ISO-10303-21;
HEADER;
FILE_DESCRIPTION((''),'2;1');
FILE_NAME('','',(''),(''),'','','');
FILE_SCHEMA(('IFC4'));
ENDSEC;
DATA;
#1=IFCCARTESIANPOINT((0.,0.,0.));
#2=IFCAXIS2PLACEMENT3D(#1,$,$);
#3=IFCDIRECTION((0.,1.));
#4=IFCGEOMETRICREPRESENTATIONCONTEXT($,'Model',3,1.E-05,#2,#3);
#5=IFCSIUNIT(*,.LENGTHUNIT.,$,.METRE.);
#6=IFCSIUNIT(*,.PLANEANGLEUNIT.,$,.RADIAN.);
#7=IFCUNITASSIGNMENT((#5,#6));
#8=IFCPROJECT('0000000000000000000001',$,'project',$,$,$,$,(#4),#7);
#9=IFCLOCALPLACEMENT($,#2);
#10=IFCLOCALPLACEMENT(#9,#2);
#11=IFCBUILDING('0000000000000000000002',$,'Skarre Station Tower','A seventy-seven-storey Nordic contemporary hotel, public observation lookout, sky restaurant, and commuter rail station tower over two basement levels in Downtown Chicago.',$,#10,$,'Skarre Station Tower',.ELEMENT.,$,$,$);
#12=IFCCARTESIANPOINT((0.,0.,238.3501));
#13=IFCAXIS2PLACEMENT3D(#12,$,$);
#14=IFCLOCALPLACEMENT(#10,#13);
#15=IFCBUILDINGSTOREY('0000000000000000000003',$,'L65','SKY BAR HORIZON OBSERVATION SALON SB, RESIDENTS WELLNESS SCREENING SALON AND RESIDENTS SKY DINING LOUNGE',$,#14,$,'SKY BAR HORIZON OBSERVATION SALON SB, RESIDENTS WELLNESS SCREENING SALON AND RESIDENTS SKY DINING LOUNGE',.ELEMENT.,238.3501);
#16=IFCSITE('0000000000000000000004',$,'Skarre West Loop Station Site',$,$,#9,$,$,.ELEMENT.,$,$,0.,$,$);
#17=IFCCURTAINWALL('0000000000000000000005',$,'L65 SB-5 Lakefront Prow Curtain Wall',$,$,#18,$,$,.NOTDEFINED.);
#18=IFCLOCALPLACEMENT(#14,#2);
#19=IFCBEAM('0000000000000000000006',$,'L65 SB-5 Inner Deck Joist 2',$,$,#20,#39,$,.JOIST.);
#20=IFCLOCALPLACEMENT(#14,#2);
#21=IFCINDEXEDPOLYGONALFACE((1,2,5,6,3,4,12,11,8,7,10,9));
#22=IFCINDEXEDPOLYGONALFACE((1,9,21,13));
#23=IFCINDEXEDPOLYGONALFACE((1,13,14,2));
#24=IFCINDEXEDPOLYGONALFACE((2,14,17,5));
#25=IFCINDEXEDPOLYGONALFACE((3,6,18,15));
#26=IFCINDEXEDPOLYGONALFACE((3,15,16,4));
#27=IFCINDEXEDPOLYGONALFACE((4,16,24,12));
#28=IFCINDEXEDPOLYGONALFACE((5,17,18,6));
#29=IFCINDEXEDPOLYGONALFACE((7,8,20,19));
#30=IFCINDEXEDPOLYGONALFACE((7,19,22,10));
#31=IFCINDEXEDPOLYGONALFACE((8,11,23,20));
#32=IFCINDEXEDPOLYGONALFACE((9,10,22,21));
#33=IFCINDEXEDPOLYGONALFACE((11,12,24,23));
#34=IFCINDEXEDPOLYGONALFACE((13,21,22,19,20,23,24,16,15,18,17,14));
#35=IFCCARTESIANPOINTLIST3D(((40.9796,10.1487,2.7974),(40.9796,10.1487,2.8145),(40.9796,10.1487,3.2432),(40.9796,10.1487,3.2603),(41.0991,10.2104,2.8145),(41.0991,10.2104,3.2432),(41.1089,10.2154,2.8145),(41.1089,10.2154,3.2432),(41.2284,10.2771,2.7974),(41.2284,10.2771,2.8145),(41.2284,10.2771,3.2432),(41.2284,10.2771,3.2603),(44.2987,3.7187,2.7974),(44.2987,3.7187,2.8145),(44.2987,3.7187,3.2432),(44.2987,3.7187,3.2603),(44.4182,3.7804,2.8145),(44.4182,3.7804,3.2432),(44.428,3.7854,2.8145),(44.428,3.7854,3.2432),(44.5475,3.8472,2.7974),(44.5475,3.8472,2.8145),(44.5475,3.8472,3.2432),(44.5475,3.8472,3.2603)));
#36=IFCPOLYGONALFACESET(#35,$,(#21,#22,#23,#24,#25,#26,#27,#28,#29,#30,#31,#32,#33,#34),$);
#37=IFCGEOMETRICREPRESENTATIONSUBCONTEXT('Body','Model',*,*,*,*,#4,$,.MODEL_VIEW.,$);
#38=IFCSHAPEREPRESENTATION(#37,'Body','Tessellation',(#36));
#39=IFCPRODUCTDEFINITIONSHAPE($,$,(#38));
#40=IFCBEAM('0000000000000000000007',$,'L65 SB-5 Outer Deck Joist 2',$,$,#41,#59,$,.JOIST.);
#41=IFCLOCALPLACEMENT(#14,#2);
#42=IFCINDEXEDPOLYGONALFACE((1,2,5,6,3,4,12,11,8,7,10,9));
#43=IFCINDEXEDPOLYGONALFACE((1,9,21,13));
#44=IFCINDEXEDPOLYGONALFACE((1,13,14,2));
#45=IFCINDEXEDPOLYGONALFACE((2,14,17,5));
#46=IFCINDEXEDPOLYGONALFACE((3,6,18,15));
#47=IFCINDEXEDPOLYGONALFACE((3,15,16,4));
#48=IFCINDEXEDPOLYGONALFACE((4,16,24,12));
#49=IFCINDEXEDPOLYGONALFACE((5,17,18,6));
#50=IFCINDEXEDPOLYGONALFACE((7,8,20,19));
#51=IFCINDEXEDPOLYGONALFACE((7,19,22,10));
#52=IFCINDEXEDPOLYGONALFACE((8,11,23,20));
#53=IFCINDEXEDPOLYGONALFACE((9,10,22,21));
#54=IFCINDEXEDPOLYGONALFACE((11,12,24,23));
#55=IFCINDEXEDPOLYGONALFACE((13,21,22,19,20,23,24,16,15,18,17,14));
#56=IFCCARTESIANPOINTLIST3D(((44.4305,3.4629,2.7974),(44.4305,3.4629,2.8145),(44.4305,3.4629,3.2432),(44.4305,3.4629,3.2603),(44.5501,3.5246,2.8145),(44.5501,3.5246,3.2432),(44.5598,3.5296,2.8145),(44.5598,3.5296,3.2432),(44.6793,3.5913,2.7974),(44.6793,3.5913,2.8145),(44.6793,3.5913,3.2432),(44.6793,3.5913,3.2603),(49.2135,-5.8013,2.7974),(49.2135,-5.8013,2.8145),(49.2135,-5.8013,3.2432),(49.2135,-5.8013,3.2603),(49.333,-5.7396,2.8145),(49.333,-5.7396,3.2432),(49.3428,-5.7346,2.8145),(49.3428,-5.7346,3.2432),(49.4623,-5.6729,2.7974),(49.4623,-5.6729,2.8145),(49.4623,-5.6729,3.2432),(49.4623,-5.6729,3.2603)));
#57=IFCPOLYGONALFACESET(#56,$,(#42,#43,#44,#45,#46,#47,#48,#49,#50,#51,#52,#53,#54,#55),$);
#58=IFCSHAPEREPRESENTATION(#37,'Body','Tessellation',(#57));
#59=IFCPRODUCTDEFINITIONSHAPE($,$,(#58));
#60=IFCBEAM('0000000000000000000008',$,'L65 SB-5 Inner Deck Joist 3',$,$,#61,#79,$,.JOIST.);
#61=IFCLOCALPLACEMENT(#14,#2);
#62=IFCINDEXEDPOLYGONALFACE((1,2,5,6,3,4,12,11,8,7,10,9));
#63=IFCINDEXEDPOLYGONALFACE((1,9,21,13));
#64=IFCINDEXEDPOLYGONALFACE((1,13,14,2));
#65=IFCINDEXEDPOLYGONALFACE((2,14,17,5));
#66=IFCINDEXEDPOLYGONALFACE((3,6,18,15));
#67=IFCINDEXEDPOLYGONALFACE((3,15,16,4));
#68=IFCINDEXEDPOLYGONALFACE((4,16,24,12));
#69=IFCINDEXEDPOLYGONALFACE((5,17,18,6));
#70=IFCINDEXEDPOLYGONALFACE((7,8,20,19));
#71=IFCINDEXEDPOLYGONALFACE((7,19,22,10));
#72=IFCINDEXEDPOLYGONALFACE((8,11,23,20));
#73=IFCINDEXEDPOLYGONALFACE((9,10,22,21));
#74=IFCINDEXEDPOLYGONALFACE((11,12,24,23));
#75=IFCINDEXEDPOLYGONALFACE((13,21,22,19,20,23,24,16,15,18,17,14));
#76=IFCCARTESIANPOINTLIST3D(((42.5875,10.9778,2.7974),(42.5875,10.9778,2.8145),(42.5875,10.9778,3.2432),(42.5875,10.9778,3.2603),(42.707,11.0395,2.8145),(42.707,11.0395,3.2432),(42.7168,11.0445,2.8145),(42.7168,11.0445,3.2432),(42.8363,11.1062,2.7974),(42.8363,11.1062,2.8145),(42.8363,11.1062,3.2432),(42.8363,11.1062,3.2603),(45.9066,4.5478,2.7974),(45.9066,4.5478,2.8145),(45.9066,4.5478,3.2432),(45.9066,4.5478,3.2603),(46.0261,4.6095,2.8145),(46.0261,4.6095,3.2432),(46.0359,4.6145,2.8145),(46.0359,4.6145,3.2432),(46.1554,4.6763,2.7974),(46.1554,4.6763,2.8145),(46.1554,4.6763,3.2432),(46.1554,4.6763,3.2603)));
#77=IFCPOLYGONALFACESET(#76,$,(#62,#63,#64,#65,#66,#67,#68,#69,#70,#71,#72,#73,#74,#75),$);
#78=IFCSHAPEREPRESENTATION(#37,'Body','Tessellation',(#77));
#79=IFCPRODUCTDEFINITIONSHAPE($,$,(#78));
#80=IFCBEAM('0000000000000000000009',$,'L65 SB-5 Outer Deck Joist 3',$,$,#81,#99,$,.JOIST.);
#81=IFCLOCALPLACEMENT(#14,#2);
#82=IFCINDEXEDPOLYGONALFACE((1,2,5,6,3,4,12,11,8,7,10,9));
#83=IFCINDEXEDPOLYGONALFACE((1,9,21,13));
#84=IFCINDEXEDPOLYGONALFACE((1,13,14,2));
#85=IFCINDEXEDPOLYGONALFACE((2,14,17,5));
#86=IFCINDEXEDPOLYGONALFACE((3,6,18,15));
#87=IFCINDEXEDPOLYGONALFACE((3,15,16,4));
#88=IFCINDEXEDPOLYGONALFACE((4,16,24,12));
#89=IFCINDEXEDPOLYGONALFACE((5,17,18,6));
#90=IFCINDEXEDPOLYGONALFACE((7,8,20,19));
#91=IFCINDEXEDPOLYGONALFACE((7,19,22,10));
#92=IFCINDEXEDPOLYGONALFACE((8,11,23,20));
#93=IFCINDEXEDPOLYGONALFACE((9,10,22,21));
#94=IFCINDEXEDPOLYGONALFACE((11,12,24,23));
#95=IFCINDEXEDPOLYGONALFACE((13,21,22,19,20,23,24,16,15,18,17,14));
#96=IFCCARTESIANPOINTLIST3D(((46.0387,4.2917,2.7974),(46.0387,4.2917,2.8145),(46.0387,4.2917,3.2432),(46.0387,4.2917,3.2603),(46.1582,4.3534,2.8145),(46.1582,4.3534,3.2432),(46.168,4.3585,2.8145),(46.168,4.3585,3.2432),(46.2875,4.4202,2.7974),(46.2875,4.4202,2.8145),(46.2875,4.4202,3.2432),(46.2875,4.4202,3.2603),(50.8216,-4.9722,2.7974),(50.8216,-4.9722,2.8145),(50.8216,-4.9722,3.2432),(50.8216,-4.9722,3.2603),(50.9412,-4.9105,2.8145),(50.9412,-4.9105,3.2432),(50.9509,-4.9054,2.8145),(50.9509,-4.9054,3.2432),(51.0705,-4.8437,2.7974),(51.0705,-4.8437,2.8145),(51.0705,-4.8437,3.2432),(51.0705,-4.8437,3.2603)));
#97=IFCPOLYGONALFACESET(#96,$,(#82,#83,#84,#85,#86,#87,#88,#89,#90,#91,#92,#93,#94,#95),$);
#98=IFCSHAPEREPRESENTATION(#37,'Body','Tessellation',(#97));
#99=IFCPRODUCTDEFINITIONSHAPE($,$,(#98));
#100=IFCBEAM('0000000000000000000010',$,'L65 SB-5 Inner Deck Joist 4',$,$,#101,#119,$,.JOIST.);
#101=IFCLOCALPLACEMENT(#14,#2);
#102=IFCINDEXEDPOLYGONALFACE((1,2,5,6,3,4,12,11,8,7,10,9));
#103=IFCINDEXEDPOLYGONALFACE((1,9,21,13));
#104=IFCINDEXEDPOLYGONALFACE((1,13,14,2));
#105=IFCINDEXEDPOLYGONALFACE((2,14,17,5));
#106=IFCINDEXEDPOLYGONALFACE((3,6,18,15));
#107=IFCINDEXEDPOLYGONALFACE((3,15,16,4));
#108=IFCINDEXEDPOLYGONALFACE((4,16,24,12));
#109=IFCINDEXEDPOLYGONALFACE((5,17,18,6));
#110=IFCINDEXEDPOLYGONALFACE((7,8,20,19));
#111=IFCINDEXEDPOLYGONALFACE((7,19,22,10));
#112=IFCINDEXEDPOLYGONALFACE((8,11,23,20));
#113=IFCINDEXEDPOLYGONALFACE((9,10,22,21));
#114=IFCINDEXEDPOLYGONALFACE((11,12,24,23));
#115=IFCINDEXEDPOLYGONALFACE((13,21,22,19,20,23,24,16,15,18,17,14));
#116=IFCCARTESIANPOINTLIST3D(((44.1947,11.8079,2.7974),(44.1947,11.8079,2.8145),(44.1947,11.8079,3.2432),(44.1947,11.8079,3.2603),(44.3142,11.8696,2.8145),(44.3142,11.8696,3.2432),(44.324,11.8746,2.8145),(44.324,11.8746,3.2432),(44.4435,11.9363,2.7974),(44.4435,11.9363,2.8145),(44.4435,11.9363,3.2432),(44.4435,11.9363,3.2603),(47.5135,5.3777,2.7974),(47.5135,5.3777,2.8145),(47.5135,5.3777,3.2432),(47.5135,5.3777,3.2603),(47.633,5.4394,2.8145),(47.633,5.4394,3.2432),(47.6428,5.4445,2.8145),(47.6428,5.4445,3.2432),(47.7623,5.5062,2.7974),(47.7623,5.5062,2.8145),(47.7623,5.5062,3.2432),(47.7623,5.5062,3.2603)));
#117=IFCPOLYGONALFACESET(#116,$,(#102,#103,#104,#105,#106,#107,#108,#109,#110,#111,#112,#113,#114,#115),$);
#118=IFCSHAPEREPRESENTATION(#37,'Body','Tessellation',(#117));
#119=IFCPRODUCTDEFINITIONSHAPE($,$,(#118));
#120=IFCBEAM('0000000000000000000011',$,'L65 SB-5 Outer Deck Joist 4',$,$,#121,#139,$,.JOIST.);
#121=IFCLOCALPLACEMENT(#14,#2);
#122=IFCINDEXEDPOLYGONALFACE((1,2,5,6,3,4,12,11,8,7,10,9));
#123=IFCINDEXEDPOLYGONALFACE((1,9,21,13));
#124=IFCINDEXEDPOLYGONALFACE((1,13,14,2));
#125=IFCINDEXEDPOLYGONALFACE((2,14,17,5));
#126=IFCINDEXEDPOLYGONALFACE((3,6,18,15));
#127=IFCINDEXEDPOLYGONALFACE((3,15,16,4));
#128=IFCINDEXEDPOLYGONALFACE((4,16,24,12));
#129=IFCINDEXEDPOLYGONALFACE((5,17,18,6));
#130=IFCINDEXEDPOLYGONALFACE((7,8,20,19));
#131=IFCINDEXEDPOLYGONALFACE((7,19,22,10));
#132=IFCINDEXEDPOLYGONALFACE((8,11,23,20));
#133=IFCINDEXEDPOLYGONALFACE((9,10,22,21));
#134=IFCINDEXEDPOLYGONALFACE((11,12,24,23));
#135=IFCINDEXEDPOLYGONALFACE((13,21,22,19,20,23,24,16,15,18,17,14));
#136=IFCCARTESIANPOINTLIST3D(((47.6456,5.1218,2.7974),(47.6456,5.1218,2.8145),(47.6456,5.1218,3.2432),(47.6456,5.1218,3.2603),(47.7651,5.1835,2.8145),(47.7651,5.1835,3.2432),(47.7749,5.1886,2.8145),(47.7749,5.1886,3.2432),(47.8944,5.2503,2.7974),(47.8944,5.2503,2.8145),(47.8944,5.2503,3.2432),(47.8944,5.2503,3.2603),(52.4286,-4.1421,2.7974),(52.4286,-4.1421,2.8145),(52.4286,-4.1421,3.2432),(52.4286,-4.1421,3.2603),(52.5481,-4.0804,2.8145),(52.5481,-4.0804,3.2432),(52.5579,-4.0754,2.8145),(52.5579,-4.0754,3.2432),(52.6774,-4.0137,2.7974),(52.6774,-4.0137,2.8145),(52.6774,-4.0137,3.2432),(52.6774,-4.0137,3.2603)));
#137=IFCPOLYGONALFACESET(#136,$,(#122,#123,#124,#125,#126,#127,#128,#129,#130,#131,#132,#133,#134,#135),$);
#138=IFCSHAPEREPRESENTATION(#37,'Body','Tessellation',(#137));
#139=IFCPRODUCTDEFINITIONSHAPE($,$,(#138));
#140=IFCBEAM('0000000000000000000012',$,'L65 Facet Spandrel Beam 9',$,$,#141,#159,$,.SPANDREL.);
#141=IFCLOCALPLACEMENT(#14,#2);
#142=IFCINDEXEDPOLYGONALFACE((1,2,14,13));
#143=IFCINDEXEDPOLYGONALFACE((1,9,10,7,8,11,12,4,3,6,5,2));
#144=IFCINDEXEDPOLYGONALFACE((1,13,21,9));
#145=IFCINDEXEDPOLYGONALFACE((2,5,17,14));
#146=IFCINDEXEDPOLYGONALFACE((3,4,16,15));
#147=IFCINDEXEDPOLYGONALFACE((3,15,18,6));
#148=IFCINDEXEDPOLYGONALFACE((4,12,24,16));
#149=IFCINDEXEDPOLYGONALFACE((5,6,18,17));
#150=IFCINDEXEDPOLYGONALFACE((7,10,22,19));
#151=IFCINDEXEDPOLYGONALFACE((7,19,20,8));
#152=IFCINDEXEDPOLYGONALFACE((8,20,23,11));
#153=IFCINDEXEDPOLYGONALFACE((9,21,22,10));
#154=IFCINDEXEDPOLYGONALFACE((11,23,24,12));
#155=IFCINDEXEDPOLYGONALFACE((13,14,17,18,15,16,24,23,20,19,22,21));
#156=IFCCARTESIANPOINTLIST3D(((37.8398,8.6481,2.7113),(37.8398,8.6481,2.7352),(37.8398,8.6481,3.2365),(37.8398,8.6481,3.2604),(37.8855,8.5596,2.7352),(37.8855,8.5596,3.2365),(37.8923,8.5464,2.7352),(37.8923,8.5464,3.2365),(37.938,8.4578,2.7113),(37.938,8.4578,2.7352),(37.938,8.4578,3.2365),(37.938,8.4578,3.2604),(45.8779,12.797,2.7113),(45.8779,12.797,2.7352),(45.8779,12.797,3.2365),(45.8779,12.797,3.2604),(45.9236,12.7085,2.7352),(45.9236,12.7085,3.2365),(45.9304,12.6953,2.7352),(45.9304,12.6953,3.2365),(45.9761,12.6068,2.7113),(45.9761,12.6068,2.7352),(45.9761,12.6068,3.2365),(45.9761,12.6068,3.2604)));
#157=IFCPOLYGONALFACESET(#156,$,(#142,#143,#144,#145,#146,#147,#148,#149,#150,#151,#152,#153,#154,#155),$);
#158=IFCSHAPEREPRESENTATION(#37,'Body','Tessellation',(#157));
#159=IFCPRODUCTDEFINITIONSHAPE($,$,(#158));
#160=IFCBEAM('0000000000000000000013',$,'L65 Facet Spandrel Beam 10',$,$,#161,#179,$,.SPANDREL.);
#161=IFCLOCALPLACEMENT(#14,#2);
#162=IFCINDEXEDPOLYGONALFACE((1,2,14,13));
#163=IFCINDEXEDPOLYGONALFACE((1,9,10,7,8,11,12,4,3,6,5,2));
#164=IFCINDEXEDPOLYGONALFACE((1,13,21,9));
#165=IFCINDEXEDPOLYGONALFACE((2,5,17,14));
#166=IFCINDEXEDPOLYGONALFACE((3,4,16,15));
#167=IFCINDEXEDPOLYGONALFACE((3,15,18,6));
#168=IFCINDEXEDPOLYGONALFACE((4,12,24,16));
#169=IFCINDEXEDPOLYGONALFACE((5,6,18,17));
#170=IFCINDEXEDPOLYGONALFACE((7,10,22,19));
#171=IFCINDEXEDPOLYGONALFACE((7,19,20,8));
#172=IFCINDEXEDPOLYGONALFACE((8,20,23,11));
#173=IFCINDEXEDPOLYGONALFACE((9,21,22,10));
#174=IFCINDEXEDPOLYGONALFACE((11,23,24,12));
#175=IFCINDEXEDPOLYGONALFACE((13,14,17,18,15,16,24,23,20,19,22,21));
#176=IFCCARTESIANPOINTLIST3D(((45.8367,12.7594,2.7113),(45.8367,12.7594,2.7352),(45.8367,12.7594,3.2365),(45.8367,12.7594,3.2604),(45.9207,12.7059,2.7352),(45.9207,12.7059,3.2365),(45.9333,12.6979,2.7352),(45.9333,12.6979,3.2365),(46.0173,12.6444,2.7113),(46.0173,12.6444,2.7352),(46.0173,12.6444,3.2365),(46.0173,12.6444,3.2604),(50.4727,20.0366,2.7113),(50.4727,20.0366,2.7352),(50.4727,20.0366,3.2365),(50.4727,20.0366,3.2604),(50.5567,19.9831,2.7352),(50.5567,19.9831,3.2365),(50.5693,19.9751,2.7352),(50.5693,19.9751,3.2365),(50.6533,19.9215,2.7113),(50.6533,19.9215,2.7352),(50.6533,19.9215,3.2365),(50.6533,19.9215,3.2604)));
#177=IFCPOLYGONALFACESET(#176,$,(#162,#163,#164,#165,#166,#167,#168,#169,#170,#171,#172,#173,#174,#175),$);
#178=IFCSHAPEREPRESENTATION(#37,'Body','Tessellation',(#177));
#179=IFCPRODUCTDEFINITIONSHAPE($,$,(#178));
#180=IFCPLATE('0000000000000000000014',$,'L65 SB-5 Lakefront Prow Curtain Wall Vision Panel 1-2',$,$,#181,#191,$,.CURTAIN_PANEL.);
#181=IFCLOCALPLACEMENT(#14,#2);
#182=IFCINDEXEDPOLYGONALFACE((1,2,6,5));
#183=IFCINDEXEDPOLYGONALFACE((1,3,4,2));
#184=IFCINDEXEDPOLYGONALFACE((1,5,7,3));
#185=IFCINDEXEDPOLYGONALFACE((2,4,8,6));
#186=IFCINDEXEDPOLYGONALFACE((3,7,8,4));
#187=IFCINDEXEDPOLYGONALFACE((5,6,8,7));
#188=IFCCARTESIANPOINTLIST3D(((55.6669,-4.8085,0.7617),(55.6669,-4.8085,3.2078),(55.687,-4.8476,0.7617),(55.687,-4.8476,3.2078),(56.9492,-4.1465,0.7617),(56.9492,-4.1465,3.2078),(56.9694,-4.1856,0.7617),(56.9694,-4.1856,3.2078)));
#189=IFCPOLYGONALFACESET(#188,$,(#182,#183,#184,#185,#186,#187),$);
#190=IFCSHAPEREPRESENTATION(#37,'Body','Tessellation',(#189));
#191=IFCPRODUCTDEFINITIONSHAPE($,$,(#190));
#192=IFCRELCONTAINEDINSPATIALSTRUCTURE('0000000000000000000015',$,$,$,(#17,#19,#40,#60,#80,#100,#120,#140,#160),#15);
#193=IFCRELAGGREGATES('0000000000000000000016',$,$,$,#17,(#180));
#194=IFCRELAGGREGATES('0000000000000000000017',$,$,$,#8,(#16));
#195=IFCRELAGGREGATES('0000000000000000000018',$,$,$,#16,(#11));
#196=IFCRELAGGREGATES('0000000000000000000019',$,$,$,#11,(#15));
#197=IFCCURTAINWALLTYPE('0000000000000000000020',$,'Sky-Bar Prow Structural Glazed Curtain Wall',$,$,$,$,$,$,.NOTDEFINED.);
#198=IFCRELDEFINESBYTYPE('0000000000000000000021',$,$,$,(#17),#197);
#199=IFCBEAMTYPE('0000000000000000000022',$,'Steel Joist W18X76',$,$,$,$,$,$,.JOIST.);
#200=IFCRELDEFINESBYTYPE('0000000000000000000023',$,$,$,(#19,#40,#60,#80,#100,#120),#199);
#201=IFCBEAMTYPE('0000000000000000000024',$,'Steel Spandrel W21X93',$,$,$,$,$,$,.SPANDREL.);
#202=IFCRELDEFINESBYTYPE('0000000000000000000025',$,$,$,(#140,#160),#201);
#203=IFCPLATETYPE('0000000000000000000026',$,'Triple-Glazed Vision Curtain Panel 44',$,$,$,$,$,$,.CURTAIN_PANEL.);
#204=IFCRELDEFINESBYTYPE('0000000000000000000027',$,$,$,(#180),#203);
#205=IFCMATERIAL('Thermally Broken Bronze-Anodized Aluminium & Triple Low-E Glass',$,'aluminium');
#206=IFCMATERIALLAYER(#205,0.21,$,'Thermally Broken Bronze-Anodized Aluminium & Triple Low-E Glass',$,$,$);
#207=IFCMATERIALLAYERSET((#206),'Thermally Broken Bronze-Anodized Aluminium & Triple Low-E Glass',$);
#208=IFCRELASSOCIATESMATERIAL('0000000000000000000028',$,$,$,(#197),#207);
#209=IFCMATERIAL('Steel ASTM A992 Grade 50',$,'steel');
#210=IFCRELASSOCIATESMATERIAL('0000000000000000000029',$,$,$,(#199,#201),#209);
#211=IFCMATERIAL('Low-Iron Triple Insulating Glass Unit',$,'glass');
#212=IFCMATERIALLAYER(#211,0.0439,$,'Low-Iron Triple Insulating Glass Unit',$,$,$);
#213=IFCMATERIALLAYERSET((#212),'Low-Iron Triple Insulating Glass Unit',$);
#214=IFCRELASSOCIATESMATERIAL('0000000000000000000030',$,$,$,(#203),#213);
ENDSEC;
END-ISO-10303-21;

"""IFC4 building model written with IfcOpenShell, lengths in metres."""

from ifc_helpers import new_model, si_unit, direction, frame, origin, origin_2d, place, context, subcontext, project, spatial, rectangle, i_section, extrude, material, layer, layer_set, material_profile, profile_set, type_object, element, aggregate, save


model = new_model("IFC4")

# Units and contexts
model_context = context("Model", 3, precision=1e-05, world=origin(), true_north=direction((0.0, 1.0)))
body_context = subcontext(model_context, "Body", "Model", "MODEL_VIEW")
ifc_project = project(units=[si_unit("LENGTHUNIT", "METRE"), si_unit("PLANEANGLEUNIT", "RADIAN")], contexts=[model_context])

# Site, building, storey
site_placement = place(None, origin())
site = spatial("IfcSite", under=ifc_project, at=site_placement, Name="Skarre West Loop Station Site", CompositionType="ELEMENT", RefElevation=0.0)
building_placement = place(site_placement, origin())
building = spatial("IfcBuilding", under=site, at=building_placement, Name="Skarre Station Tower", Description="A seventy-seven-storey Nordic contemporary hotel, public observation lookout, sky restaurant, and commuter rail station tower over two basement levels in Downtown Chicago.", LongName="Skarre Station Tower", CompositionType="ELEMENT")
storey_placement = place(building_placement, frame((0.0, 0.0, 238.3501)))
storey = spatial("IfcBuildingStorey", under=building, at=storey_placement, Name="L65", Description="SKY BAR HORIZON OBSERVATION SALON SB, RESIDENTS WELLNESS SCREENING SALON AND RESIDENTS SKY DINING LOUNGE", LongName="SKY BAR HORIZON OBSERVATION SALON SB, RESIDENTS WELLNESS SCREENING SALON AND RESIDENTS SKY DINING LOUNGE", CompositionType="ELEMENT", Elevation=238.3501)

# Curtain wall
ifc_material_1 = material(Name="Thermally Broken Bronze-Anodized Aluminium & Triple Low-E Glass", Category="aluminium")
ifc_layer_1 = layer(ifc_material_1, 0.21, Name="Thermally Broken Bronze-Anodized Aluminium & Triple Low-E Glass")
ifc_layer_set_1 = layer_set([ifc_layer_1], Name="Thermally Broken Bronze-Anodized Aluminium & Triple Low-E Glass")
curtain_wall_type = type_object("IfcCurtainWallType", Name="Sky-Bar Prow Structural Glazed Curtain Wall", PredefinedType="NOTDEFINED", material=ifc_layer_set_1)
curtain_wall_placement = place(storey_placement, origin())
curtain_wall = element("IfcCurtainWall", 1, at=curtain_wall_placement, inside=storey, type_object=curtain_wall_type, Name="L65 SB-5 Lakefront Prow Curtain Wall", PredefinedType="NOTDEFINED")

# Beams
ifc_material_2 = material(Name="Steel ASTM A992 Grade 50", Category="steel")
ifc_material_profile_1 = material_profile(ifc_material_2, i_section(OverallWidth=0.28, OverallDepth=0.4629, WebThickness=0.011, FlangeThickness=0.0171, at=origin_2d()), Name="Steel ASTM A992 Grade 50")
ifc_profile_set_1 = profile_set([ifc_material_profile_1], Name="Steel ASTM A992 Grade 50")
beam_type_1 = type_object("IfcBeamType", Name="Steel Joist W18X76", PredefinedType="JOIST", material=ifc_profile_set_1)
beam_1_placement = place(storey_placement, frame((41.104, 10.2129, 3.0288), z_axis=(0.458688, -0.888597, 0.0), x_axis=(0.888597, 0.458688, 0.0)))
element("IfcBeam", 2, at=beam_1_placement, inside=storey, type_object=beam_type_1, Name="L65 SB-5 Inner Deck Joist 2", PredefinedType="JOIST", context=body_context, shape_type="SweptSolid", body=[
    extrude(i_section(OverallWidth=0.28, OverallDepth=0.4629, WebThickness=0.011, FlangeThickness=0.0171, at=origin_2d()), origin(), (0.0, 0.0, 1.0), 7.2361),
])
beam_2_placement = place(storey_placement, frame((44.5549, 3.5271, 3.0288), z_axis=(0.458753, -0.888564, 0.0), x_axis=(0.888564, 0.458753, 0.0)))
element("IfcBeam", 3, at=beam_2_placement, inside=storey, type_object=beam_type_1, Name="L65 SB-5 Outer Deck Joist 2", PredefinedType="JOIST", context=body_context, shape_type="SweptSolid", body=[
    extrude(i_section(OverallWidth=0.28, OverallDepth=0.4629, WebThickness=0.011, FlangeThickness=0.0171, at=origin_2d()), origin(), (0.0, 0.0, 1.0), 10.426),
])
beam_3_placement = place(storey_placement, frame((42.7119, 11.042, 3.0288), z_axis=(0.458688, -0.888597, 0.0), x_axis=(0.888597, 0.458688, 0.0)))
element("IfcBeam", 4, at=beam_3_placement, inside=storey, type_object=beam_type_1, Name="L65 SB-5 Inner Deck Joist 3", PredefinedType="JOIST", context=body_context, shape_type="SweptSolid", body=[
    extrude(i_section(OverallWidth=0.28, OverallDepth=0.4629, WebThickness=0.011, FlangeThickness=0.0171, at=origin_2d()), origin(), (0.0, 0.0, 1.0), 7.2361),
])
beam_4_placement = place(storey_placement, frame((46.1631, 4.356, 3.0288), z_axis=(0.458763, -0.888559, 0.0), x_axis=(0.888559, 0.458763, 0.0)))
element("IfcBeam", 5, at=beam_4_placement, inside=storey, type_object=beam_type_1, Name="L65 SB-5 Outer Deck Joist 3", PredefinedType="JOIST", context=body_context, shape_type="SweptSolid", body=[
    extrude(i_section(OverallWidth=0.28, OverallDepth=0.4629, WebThickness=0.011, FlangeThickness=0.0171, at=origin_2d()), origin(), (0.0, 0.0, 1.0), 10.4258),
])
beam_5_placement = place(storey_placement, frame((44.3191, 11.8721, 3.0288), z_axis=(0.458648, -0.888618, 0.0), x_axis=(0.888618, 0.458648, 0.0)))
element("IfcBeam", 6, at=beam_5_placement, inside=storey, type_object=beam_type_1, Name="L65 SB-5 Inner Deck Joist 4", PredefinedType="JOIST", context=body_context, shape_type="SweptSolid", body=[
    extrude(i_section(OverallWidth=0.28, OverallDepth=0.4629, WebThickness=0.011, FlangeThickness=0.0171, at=origin_2d()), origin(), (0.0, 0.0, 1.0), 7.2361),
])
beam_6_placement = place(storey_placement, frame((47.77, 5.186, 3.0288), z_axis=(0.458763, -0.888559, 0.0), x_axis=(0.888559, 0.458763, 0.0)))
element("IfcBeam", 7, at=beam_6_placement, inside=storey, type_object=beam_type_1, Name="L65 SB-5 Outer Deck Joist 4", PredefinedType="JOIST", context=body_context, shape_type="SweptSolid", body=[
    extrude(i_section(OverallWidth=0.28, OverallDepth=0.4629, WebThickness=0.011, FlangeThickness=0.0171, at=origin_2d()), origin(), (0.0, 0.0, 1.0), 10.4258),
])
ifc_material_profile_2 = material_profile(ifc_material_2, i_section(OverallWidth=0.2141, OverallDepth=0.5491, WebThickness=0.0149, FlangeThickness=0.0239, at=origin_2d()), Name="Steel ASTM A992 Grade 50")
ifc_profile_set_2 = profile_set([ifc_material_profile_2], Name="Steel ASTM A992 Grade 50")
beam_type_2 = type_object("IfcBeamType", Name="Steel Spandrel W21X93", PredefinedType="SPANDREL", material=ifc_profile_set_2)
beam_7_placement = place(storey_placement, frame((37.8889, 8.553, 2.9858), z_axis=(0.88861, 0.458664, 0.0), x_axis=(-0.458664, 0.88861, 0.0)))
element("IfcBeam", 8, at=beam_7_placement, inside=storey, type_object=beam_type_2, Name="L65 Facet Spandrel Beam 9", PredefinedType="SPANDREL", context=body_context, shape_type="SweptSolid", body=[
    extrude(i_section(OverallWidth=0.2141, OverallDepth=0.5491, WebThickness=0.0149, FlangeThickness=0.0239, at=origin_2d()), origin(), (0.0, 0.0, 1.0), 9.0457),
])
beam_8_placement = place(storey_placement, frame((45.927, 12.7019, 2.9858), z_axis=(0.537297, 0.843393, 0.0), x_axis=(-0.843393, 0.537297, 0.0)))
element("IfcBeam", 9, at=beam_8_placement, inside=storey, type_object=beam_type_2, Name="L65 Facet Spandrel Beam 10", PredefinedType="SPANDREL", context=body_context, shape_type="SweptSolid", body=[
    extrude(i_section(OverallWidth=0.2141, OverallDepth=0.5491, WebThickness=0.0149, FlangeThickness=0.0239, at=origin_2d()), origin(), (0.0, 0.0, 1.0), 8.6284),
])

# Plate
ifc_material_3 = material(Name="Low-Iron Triple Insulating Glass Unit", Category="glass")
ifc_layer_2 = layer(ifc_material_3, 0.0439, Name="Low-Iron Triple Insulating Glass Unit")
ifc_layer_set_2 = layer_set([ifc_layer_2], Name="Low-Iron Triple Insulating Glass Unit")
plate_type = type_object("IfcPlateType", Name="Triple-Glazed Vision Curtain Panel 44", PredefinedType="CURTAIN_PANEL", material=ifc_layer_set_2)
plate_placement = place(storey_placement, frame((56.3181, -4.4971, 0.7617), z_axis=(0.0, 0.0, 1.0), x_axis=(-0.888577, -0.458727, 0.0)))
plate = element("IfcPlate", 10, at=plate_placement, type_object=plate_type, Name="L65 SB-5 Lakefront Prow Curtain Wall Vision Panel 1-2", PredefinedType="CURTAIN_PANEL", context=body_context, shape_type="SweptSolid", body=[
    extrude(rectangle(XDim=1.4431, YDim=0.0439, at=origin_2d()), origin(), (0.0, 0.0, 1.0), 2.446),
])
aggregate(curtain_wall, [plate])

save(model, "model.ifc")
